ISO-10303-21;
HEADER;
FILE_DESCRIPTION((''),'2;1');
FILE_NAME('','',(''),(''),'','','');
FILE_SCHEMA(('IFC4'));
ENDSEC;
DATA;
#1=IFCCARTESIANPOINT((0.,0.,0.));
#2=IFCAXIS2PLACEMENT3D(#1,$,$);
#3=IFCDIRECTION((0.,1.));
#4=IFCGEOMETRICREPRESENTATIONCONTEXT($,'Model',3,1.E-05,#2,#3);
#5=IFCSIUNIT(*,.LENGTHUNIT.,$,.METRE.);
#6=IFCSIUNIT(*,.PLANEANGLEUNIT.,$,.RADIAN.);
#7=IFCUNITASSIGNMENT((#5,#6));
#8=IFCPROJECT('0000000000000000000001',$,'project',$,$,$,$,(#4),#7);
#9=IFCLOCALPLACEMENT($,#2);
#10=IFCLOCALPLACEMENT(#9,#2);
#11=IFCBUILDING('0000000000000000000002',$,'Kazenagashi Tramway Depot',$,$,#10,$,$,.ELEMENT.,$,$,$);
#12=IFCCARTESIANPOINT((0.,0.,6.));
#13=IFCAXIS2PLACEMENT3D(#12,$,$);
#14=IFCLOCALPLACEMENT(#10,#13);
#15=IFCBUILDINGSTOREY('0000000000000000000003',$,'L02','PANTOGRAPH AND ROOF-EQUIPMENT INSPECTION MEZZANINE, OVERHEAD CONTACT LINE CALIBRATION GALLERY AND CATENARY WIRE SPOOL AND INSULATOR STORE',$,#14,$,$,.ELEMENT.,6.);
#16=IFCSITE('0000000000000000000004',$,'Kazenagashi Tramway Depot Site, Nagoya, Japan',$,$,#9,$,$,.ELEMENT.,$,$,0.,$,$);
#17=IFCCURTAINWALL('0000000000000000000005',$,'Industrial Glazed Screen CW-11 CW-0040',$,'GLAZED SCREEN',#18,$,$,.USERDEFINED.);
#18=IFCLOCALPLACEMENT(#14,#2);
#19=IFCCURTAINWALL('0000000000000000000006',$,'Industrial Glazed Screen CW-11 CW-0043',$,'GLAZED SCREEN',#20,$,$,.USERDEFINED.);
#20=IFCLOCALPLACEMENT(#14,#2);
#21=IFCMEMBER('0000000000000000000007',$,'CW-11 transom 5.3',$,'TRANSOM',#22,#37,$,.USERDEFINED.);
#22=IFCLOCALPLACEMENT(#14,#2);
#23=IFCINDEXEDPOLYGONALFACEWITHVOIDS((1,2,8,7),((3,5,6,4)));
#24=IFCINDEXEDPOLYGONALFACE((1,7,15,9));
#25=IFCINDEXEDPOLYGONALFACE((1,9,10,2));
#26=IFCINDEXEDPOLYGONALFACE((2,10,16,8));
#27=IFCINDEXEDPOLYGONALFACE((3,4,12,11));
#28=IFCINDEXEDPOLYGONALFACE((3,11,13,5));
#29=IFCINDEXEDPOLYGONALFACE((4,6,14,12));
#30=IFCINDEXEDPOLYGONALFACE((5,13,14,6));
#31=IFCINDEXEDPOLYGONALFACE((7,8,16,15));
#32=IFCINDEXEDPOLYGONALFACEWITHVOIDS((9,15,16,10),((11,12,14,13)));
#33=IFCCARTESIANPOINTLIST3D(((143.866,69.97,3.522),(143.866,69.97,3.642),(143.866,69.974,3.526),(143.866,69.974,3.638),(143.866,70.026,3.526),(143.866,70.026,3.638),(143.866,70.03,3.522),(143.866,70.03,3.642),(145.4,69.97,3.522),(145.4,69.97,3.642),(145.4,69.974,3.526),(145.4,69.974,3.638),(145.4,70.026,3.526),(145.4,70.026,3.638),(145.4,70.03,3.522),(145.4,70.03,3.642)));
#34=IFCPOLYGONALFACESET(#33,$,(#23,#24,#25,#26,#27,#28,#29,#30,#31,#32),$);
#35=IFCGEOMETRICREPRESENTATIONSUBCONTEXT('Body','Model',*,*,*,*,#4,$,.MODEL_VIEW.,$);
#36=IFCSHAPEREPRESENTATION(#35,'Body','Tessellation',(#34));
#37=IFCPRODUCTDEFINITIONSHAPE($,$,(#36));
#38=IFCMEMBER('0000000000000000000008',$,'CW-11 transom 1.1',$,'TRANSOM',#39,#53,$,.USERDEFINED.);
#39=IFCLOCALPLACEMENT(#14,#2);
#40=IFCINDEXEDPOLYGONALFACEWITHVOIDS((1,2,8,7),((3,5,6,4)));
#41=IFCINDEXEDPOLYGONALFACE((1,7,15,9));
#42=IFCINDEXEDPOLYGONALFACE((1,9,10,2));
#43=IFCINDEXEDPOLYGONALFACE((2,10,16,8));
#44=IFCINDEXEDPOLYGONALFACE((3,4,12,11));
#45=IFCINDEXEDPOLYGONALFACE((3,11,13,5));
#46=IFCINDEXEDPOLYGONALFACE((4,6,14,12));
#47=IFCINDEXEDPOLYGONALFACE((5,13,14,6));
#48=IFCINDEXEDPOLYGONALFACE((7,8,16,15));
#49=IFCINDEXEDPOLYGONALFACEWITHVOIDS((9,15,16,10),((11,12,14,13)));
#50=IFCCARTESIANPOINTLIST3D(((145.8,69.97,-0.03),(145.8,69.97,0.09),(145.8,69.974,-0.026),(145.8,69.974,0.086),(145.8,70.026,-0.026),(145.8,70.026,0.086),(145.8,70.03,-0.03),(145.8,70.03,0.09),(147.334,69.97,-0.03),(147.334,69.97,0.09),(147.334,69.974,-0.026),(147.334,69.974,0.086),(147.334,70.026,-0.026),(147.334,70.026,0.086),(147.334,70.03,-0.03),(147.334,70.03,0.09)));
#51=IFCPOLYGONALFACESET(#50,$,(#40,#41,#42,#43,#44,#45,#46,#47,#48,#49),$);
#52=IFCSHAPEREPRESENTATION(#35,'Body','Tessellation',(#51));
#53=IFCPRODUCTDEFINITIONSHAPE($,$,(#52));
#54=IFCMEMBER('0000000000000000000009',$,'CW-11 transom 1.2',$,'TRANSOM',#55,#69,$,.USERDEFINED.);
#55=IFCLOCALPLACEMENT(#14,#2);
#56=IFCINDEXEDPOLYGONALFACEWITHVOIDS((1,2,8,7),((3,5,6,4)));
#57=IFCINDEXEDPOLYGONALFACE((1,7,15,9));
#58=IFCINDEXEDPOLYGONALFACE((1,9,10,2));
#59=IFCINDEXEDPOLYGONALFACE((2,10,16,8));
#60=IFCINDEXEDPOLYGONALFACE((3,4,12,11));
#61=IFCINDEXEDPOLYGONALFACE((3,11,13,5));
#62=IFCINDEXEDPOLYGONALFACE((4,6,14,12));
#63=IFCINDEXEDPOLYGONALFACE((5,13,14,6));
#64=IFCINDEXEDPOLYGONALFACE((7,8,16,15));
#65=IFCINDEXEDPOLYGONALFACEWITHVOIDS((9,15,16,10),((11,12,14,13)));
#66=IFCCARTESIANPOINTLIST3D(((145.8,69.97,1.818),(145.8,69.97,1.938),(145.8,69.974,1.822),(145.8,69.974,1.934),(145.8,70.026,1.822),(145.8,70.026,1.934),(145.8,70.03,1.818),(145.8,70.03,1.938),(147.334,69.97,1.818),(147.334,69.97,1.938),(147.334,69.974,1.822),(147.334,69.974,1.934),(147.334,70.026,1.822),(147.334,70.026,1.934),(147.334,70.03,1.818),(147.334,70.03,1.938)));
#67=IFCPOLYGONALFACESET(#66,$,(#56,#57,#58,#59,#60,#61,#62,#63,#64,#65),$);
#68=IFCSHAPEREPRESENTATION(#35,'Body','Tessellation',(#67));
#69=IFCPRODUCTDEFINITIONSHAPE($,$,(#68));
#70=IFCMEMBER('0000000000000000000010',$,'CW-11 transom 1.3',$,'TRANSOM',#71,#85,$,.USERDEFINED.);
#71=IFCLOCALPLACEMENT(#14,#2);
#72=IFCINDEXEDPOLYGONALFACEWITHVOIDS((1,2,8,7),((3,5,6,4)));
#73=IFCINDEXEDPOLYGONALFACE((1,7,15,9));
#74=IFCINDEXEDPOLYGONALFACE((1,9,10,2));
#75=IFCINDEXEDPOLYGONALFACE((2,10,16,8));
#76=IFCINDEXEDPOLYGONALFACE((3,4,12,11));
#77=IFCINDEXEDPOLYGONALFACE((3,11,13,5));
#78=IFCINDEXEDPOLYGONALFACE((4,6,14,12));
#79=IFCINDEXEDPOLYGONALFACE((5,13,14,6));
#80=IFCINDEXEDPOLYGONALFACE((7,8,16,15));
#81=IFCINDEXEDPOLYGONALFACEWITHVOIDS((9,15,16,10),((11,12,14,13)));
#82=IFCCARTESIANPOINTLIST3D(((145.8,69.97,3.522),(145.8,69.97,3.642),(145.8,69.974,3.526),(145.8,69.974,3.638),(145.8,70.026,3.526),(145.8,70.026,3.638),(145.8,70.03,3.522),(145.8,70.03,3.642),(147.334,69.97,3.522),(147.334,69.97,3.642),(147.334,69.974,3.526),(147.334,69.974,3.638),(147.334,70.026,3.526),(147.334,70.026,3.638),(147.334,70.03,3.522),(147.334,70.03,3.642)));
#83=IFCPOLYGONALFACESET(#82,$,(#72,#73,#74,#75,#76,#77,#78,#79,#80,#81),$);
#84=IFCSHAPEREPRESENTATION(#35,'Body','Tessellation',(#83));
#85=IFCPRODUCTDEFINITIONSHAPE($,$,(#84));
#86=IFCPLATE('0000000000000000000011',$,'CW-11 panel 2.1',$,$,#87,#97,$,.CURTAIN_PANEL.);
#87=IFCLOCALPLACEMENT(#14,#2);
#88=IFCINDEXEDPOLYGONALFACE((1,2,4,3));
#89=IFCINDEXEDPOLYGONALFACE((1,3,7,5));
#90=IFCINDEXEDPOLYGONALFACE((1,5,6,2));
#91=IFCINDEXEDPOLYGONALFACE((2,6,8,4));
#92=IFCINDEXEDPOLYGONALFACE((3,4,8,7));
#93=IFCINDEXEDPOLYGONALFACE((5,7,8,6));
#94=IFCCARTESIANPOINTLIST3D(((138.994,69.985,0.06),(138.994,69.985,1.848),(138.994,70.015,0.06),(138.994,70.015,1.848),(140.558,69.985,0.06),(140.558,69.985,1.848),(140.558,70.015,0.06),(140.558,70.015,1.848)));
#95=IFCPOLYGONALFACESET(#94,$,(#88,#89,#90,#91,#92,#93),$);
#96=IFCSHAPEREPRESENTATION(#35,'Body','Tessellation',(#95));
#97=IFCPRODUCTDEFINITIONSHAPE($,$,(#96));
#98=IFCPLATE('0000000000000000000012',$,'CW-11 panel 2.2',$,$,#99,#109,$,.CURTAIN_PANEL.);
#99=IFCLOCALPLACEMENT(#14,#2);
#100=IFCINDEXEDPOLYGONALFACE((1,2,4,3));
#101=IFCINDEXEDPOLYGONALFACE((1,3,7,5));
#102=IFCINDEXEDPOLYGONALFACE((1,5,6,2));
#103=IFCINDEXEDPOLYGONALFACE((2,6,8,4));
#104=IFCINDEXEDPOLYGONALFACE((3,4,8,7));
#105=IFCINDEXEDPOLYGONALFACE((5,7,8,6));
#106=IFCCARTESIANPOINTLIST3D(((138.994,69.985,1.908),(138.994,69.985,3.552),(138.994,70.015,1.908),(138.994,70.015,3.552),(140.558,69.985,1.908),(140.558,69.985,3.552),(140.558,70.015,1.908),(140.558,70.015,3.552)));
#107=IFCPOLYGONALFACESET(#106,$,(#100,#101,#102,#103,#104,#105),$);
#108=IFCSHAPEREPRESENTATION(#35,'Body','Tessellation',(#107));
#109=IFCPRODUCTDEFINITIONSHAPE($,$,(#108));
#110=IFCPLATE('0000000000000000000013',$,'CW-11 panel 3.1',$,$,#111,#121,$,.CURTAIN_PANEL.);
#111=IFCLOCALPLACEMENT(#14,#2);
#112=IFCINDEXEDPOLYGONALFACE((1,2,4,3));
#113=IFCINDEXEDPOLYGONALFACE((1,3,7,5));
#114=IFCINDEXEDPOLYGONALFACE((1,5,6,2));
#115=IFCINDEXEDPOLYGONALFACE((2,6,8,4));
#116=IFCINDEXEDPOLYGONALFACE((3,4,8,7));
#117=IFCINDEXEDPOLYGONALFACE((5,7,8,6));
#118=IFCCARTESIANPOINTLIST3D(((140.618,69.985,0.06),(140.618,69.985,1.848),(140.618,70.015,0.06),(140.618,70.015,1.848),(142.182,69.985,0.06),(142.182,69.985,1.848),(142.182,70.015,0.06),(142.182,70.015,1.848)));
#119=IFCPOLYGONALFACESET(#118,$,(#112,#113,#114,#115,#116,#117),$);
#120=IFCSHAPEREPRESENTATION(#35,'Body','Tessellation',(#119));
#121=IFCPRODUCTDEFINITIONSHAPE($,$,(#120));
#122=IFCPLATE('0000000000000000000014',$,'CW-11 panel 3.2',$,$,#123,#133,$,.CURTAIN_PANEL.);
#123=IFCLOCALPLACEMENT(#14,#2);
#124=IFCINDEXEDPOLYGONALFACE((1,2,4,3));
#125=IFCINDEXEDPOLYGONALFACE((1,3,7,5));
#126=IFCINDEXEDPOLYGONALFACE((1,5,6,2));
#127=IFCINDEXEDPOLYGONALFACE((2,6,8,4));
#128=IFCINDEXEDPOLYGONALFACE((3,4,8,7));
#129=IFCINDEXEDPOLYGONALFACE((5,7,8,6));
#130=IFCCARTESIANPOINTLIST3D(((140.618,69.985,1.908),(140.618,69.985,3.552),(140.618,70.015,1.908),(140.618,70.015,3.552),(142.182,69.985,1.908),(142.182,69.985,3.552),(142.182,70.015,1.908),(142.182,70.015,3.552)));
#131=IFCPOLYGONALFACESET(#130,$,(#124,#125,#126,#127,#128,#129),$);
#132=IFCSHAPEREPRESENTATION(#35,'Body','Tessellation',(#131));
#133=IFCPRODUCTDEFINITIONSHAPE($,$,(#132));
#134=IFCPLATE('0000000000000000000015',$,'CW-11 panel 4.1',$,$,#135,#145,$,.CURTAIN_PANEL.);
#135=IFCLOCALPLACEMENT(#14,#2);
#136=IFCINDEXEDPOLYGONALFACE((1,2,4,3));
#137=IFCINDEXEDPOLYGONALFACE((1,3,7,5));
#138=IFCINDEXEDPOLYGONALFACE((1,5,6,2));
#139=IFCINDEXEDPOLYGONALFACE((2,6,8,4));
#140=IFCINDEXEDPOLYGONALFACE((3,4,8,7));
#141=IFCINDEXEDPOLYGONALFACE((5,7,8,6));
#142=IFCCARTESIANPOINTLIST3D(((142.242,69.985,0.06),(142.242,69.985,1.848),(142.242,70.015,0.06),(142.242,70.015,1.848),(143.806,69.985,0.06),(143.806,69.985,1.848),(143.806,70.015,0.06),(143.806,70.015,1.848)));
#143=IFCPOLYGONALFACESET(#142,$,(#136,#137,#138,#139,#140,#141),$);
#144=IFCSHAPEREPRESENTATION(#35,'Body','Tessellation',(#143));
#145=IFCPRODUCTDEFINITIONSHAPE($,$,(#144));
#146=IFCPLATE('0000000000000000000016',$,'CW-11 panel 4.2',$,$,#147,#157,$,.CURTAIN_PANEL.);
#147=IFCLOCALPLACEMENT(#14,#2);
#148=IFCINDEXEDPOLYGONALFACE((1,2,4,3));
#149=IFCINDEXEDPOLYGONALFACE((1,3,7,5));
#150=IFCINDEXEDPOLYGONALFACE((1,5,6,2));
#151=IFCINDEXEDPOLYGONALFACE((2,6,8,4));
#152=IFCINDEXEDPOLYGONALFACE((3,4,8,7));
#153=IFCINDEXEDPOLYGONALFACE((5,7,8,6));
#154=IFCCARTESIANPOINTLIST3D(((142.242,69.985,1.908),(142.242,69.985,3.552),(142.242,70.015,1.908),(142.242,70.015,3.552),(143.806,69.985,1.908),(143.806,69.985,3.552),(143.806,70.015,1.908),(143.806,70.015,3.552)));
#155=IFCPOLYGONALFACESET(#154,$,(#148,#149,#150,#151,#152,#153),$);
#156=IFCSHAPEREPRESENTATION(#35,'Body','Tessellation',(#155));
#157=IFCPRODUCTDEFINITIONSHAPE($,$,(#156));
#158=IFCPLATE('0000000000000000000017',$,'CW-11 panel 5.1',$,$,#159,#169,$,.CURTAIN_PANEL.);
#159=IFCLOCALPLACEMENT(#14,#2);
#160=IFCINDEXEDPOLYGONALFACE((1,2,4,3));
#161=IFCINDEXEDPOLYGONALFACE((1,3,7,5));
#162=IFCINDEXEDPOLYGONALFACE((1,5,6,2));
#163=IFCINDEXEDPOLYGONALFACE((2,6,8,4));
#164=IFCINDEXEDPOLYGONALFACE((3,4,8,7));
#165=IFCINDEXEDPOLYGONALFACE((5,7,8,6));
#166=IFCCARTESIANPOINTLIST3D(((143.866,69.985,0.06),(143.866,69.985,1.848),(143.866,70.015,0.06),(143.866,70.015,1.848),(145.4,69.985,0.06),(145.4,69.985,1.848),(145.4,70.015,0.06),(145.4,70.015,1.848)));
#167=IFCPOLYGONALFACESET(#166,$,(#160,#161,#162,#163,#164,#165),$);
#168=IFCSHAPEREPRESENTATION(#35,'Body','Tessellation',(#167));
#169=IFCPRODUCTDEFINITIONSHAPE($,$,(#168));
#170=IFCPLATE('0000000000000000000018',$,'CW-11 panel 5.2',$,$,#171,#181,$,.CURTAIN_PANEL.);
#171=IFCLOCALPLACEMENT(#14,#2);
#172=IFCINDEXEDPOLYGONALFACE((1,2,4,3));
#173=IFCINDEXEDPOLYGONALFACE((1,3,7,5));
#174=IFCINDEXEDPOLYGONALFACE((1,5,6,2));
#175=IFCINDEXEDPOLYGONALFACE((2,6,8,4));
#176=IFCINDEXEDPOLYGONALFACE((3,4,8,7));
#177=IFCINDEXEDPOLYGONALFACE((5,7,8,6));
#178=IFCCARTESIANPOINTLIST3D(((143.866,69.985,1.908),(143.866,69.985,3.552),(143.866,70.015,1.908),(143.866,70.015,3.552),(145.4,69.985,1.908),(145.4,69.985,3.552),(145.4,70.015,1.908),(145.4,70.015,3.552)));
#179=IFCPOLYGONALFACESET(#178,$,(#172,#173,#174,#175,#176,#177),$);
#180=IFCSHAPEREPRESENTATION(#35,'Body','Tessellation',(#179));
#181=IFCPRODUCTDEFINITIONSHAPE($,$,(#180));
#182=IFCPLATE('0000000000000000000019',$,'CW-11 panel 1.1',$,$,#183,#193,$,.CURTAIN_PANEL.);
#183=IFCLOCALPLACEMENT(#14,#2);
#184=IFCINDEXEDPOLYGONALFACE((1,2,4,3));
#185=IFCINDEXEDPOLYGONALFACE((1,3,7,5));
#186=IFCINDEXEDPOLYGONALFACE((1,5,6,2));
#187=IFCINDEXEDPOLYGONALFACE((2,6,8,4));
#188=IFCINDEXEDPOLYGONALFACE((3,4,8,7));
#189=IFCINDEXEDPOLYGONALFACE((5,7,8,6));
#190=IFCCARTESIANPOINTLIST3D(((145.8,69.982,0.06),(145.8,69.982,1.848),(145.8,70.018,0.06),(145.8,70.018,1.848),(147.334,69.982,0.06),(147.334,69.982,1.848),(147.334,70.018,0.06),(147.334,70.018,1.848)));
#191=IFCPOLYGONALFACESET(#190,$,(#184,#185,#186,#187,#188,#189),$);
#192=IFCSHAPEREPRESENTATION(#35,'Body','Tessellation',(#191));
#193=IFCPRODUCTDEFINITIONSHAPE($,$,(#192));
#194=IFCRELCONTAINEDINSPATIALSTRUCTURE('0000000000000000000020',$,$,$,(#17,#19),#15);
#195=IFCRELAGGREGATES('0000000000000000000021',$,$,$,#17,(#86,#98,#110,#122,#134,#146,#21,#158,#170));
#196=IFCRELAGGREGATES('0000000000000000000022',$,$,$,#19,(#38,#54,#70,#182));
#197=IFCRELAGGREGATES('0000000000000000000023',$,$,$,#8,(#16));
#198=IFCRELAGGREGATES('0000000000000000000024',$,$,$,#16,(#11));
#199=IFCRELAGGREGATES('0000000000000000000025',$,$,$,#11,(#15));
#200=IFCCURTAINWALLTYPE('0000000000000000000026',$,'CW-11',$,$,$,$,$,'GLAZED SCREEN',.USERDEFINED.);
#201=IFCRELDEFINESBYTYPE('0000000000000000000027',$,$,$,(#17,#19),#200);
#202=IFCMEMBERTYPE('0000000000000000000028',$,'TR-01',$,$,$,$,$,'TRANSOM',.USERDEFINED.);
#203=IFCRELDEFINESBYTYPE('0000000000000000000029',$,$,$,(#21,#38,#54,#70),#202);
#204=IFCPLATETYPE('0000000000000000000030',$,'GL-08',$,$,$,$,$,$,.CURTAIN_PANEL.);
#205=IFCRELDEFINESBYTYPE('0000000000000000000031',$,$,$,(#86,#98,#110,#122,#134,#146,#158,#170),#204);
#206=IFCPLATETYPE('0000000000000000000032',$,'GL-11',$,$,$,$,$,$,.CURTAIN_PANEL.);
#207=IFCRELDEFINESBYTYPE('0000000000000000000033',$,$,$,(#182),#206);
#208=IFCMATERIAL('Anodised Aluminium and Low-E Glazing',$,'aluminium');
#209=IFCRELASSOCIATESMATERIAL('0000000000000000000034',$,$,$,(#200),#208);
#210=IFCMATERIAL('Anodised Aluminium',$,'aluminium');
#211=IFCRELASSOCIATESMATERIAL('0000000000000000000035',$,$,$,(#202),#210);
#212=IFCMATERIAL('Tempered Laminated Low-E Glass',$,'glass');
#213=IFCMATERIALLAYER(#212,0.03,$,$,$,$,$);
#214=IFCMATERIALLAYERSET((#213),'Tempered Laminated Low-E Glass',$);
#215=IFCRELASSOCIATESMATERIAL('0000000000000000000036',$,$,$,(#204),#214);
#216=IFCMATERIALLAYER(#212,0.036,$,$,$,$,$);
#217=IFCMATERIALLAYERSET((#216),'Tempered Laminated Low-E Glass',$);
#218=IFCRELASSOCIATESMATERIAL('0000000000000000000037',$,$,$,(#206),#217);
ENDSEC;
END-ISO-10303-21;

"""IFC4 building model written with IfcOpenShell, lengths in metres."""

from ifc_helpers import new_model, si_unit, direction, frame, origin, origin_2d, place, context, subcontext, project, spatial, rectangle, hollow_rectangle, extrude, material, layer, layer_set, material_profile, profile_set, type_object, element, aggregate, save


model = new_model("IFC4")

# Units and contexts
model_context = context("Model", 3, precision=1e-05, world=origin(), true_north=direction((0.0, 1.0)))
body_context = subcontext(model_context, "Body", "Model", "MODEL_VIEW")
ifc_project = project(units=[si_unit("LENGTHUNIT", "METRE"), si_unit("PLANEANGLEUNIT", "RADIAN")], contexts=[model_context])

# Site, building, storey
site_placement = place(None, origin())
site = spatial("IfcSite", under=ifc_project, at=site_placement, Name="Kazenagashi Tramway Depot Site, Nagoya, Japan", CompositionType="ELEMENT", RefElevation=0.0)
building_placement = place(site_placement, origin())
building = spatial("IfcBuilding", under=site, at=building_placement, Name="Kazenagashi Tramway Depot", CompositionType="ELEMENT")
storey_placement = place(building_placement, frame((0.0, 0.0, 6.0)))
storey = spatial("IfcBuildingStorey", under=building, at=storey_placement, Name="L02", Description="PANTOGRAPH AND ROOF-EQUIPMENT INSPECTION MEZZANINE, OVERHEAD CONTACT LINE CALIBRATION GALLERY AND CATENARY WIRE SPOOL AND INSULATOR STORE", CompositionType="ELEMENT", Elevation=6.0)

# Curtain wall
ifc_material_1 = material(Name="Anodised Aluminium and Low-E Glazing", Category="aluminium")
curtain_wall_type = type_object("IfcCurtainWallType", Name="CW-11", ElementType="GLAZED SCREEN", PredefinedType="USERDEFINED", material=ifc_material_1)
curtain_wall_1_placement = place(storey_placement, origin())
curtain_wall_1 = element("IfcCurtainWall", 1, at=curtain_wall_1_placement, inside=storey, type_object=curtain_wall_type, Name="Industrial Glazed Screen CW-11 CW-0040", ObjectType="GLAZED SCREEN", PredefinedType="USERDEFINED")
ifc_material_2 = material(Name="Anodised Aluminium", Category="aluminium")

# Curtain wall
curtain_wall_2_placement = place(storey_placement, origin())
curtain_wall_2 = element("IfcCurtainWall", 2, at=curtain_wall_2_placement, inside=storey, type_object=curtain_wall_type, Name="Industrial Glazed Screen CW-11 CW-0043", ObjectType="GLAZED SCREEN", PredefinedType="USERDEFINED")

# Members
ifc_material_profile_1 = material_profile(ifc_material_2, hollow_rectangle(XDim=0.06, YDim=0.12, WallThickness=0.004, at=origin_2d()), Name="RHS-120x60x4")
ifc_profile_set_1 = profile_set([ifc_material_profile_1], Name="Anodised Aluminium")
member_type_1 = type_object("IfcMemberType", Name="TR-01", ElementType="TRANSOM", PredefinedType="USERDEFINED", material=ifc_profile_set_1)
member_1_placement = place(storey_placement, frame((143.866, 70.0, 3.582), z_axis=(1.0, 0.0, 0.0), x_axis=(0.0, 1.0, 0.0)))
member_1 = element("IfcMember", 3, at=member_1_placement, type_object=member_type_1, Name="CW-11 transom 5.3", ObjectType="TRANSOM", PredefinedType="USERDEFINED", context=body_context, shape_type="SweptSolid", body=[
    extrude(hollow_rectangle(XDim=0.06, YDim=0.12, WallThickness=0.004, at=origin_2d()), origin(), (0.0, 0.0, 1.0), 1.534),
])
member_2_placement = place(storey_placement, frame((145.8, 70.0, 0.03), z_axis=(1.0, 0.0, 0.0), x_axis=(0.0, 1.0, 0.0)))
member_2 = element("IfcMember", 4, at=member_2_placement, type_object=member_type_1, Name="CW-11 transom 1.1", ObjectType="TRANSOM", PredefinedType="USERDEFINED", context=body_context, shape_type="SweptSolid", body=[
    extrude(hollow_rectangle(XDim=0.06, YDim=0.12, WallThickness=0.004, at=origin_2d()), origin(), (0.0, 0.0, 1.0), 1.534),
])
member_3_placement = place(storey_placement, frame((145.8, 70.0, 1.878), z_axis=(1.0, 0.0, 0.0), x_axis=(0.0, 1.0, 0.0)))
member_3 = element("IfcMember", 5, at=member_3_placement, type_object=member_type_1, Name="CW-11 transom 1.2", ObjectType="TRANSOM", PredefinedType="USERDEFINED", context=body_context, shape_type="SweptSolid", body=[
    extrude(hollow_rectangle(XDim=0.06, YDim=0.12, WallThickness=0.004, at=origin_2d()), origin(), (0.0, 0.0, 1.0), 1.534),
])
member_4_placement = place(storey_placement, frame((145.8, 70.0, 3.582), z_axis=(1.0, 0.0, 0.0), x_axis=(0.0, 1.0, 0.0)))
member_4 = element("IfcMember", 6, at=member_4_placement, type_object=member_type_1, Name="CW-11 transom 1.3", ObjectType="TRANSOM", PredefinedType="USERDEFINED", context=body_context, shape_type="SweptSolid", body=[
    extrude(hollow_rectangle(XDim=0.06, YDim=0.12, WallThickness=0.004, at=origin_2d()), origin(), (0.0, 0.0, 1.0), 1.534),
])

# Plates
ifc_material_3 = material(Name="Tempered Laminated Low-E Glass", Category="glass")
ifc_layer_1 = layer(ifc_material_3, 0.03)
ifc_layer_set_1 = layer_set([ifc_layer_1], Name="Tempered Laminated Low-E Glass")
plate_type_1 = type_object("IfcPlateType", Name="GL-08", PredefinedType="CURTAIN_PANEL", material=ifc_layer_set_1)
plate_1_placement = place(storey_placement, frame((139.776, 70.0, 0.06), z_axis=(0.0, 0.0, 1.0), x_axis=(1.0, 0.0, 0.0)))
plate_1 = element("IfcPlate", 7, at=plate_1_placement, type_object=plate_type_1, Name="CW-11 panel 2.1", PredefinedType="CURTAIN_PANEL", context=body_context, shape_type="SweptSolid", body=[
    extrude(rectangle(XDim=1.564, YDim=0.03, at=origin_2d()), origin(), (0.0, 0.0, 1.0), 1.788),
])
plate_2_placement = place(storey_placement, frame((139.776, 70.0, 1.908), z_axis=(0.0, 0.0, 1.0), x_axis=(1.0, 0.0, 0.0)))
plate_2 = element("IfcPlate", 8, at=plate_2_placement, type_object=plate_type_1, Name="CW-11 panel 2.2", PredefinedType="CURTAIN_PANEL", context=body_context, shape_type="SweptSolid", body=[
    extrude(rectangle(XDim=1.564, YDim=0.03, at=origin_2d()), origin(), (0.0, 0.0, 1.0), 1.644),
])
plate_3_placement = place(storey_placement, frame((141.4, 70.0, 0.06), z_axis=(0.0, 0.0, 1.0), x_axis=(1.0, 0.0, 0.0)))
plate_3 = element("IfcPlate", 9, at=plate_3_placement, type_object=plate_type_1, Name="CW-11 panel 3.1", PredefinedType="CURTAIN_PANEL", context=body_context, shape_type="SweptSolid", body=[
    extrude(rectangle(XDim=1.564, YDim=0.03, at=origin_2d()), origin(), (0.0, 0.0, 1.0), 1.788),
])
plate_4_placement = place(storey_placement, frame((141.4, 70.0, 1.908), z_axis=(0.0, 0.0, 1.0), x_axis=(1.0, 0.0, 0.0)))
plate_4 = element("IfcPlate", 10, at=plate_4_placement, type_object=plate_type_1, Name="CW-11 panel 3.2", PredefinedType="CURTAIN_PANEL", context=body_context, shape_type="SweptSolid", body=[
    extrude(rectangle(XDim=1.564, YDim=0.03, at=origin_2d()), origin(), (0.0, 0.0, 1.0), 1.644),
])
plate_5_placement = place(storey_placement, frame((143.024, 70.0, 0.06), z_axis=(0.0, 0.0, 1.0), x_axis=(1.0, 0.0, 0.0)))
plate_5 = element("IfcPlate", 11, at=plate_5_placement, type_object=plate_type_1, Name="CW-11 panel 4.1", PredefinedType="CURTAIN_PANEL", context=body_context, shape_type="SweptSolid", body=[
    extrude(rectangle(XDim=1.564, YDim=0.03, at=origin_2d()), origin(), (0.0, 0.0, 1.0), 1.788),
])
plate_6_placement = place(storey_placement, frame((143.024, 70.0, 1.908), z_axis=(0.0, 0.0, 1.0), x_axis=(1.0, 0.0, 0.0)))
plate_6 = element("IfcPlate", 12, at=plate_6_placement, type_object=plate_type_1, Name="CW-11 panel 4.2", PredefinedType="CURTAIN_PANEL", context=body_context, shape_type="SweptSolid", body=[
    extrude(rectangle(XDim=1.564, YDim=0.03, at=origin_2d()), origin(), (0.0, 0.0, 1.0), 1.644),
])
plate_7_placement = place(storey_placement, frame((144.633, 70.0, 0.06), z_axis=(0.0, 0.0, 1.0), x_axis=(1.0, 0.0, 0.0)))
plate_7 = element("IfcPlate", 13, at=plate_7_placement, type_object=plate_type_1, Name="CW-11 panel 5.1", PredefinedType="CURTAIN_PANEL", context=body_context, shape_type="SweptSolid", body=[
    extrude(rectangle(XDim=1.534, YDim=0.03, at=origin_2d()), origin(), (0.0, 0.0, 1.0), 1.788),
])
plate_8_placement = place(storey_placement, frame((144.633, 70.0, 1.908), z_axis=(0.0, 0.0, 1.0), x_axis=(1.0, 0.0, 0.0)))
plate_8 = element("IfcPlate", 14, at=plate_8_placement, type_object=plate_type_1, Name="CW-11 panel 5.2", PredefinedType="CURTAIN_PANEL", context=body_context, shape_type="SweptSolid", body=[
    extrude(rectangle(XDim=1.534, YDim=0.03, at=origin_2d()), origin(), (0.0, 0.0, 1.0), 1.644),
])
aggregate(curtain_wall_1, [plate_1, plate_2, plate_3, plate_4, plate_5, plate_6, member_1, plate_7, plate_8])
ifc_layer_2 = layer(ifc_material_3, 0.036)
ifc_layer_set_2 = layer_set([ifc_layer_2], Name="Tempered Laminated Low-E Glass")
plate_type_2 = type_object("IfcPlateType", Name="GL-11", PredefinedType="CURTAIN_PANEL", material=ifc_layer_set_2)
plate_9_placement = place(storey_placement, frame((146.567, 70.0, 0.06), z_axis=(0.0, 0.0, 1.0), x_axis=(1.0, 0.0, 0.0)))
plate_9 = element("IfcPlate", 15, at=plate_9_placement, type_object=plate_type_2, Name="CW-11 panel 1.1", PredefinedType="CURTAIN_PANEL", context=body_context, shape_type="SweptSolid", body=[
    extrude(rectangle(XDim=1.534, YDim=0.036, at=origin_2d()), origin(), (0.0, 0.0, 1.0), 1.788),
])
aggregate(curtain_wall_2, [member_2, member_3, member_4, plate_9])

save(model, "model.ifc")
